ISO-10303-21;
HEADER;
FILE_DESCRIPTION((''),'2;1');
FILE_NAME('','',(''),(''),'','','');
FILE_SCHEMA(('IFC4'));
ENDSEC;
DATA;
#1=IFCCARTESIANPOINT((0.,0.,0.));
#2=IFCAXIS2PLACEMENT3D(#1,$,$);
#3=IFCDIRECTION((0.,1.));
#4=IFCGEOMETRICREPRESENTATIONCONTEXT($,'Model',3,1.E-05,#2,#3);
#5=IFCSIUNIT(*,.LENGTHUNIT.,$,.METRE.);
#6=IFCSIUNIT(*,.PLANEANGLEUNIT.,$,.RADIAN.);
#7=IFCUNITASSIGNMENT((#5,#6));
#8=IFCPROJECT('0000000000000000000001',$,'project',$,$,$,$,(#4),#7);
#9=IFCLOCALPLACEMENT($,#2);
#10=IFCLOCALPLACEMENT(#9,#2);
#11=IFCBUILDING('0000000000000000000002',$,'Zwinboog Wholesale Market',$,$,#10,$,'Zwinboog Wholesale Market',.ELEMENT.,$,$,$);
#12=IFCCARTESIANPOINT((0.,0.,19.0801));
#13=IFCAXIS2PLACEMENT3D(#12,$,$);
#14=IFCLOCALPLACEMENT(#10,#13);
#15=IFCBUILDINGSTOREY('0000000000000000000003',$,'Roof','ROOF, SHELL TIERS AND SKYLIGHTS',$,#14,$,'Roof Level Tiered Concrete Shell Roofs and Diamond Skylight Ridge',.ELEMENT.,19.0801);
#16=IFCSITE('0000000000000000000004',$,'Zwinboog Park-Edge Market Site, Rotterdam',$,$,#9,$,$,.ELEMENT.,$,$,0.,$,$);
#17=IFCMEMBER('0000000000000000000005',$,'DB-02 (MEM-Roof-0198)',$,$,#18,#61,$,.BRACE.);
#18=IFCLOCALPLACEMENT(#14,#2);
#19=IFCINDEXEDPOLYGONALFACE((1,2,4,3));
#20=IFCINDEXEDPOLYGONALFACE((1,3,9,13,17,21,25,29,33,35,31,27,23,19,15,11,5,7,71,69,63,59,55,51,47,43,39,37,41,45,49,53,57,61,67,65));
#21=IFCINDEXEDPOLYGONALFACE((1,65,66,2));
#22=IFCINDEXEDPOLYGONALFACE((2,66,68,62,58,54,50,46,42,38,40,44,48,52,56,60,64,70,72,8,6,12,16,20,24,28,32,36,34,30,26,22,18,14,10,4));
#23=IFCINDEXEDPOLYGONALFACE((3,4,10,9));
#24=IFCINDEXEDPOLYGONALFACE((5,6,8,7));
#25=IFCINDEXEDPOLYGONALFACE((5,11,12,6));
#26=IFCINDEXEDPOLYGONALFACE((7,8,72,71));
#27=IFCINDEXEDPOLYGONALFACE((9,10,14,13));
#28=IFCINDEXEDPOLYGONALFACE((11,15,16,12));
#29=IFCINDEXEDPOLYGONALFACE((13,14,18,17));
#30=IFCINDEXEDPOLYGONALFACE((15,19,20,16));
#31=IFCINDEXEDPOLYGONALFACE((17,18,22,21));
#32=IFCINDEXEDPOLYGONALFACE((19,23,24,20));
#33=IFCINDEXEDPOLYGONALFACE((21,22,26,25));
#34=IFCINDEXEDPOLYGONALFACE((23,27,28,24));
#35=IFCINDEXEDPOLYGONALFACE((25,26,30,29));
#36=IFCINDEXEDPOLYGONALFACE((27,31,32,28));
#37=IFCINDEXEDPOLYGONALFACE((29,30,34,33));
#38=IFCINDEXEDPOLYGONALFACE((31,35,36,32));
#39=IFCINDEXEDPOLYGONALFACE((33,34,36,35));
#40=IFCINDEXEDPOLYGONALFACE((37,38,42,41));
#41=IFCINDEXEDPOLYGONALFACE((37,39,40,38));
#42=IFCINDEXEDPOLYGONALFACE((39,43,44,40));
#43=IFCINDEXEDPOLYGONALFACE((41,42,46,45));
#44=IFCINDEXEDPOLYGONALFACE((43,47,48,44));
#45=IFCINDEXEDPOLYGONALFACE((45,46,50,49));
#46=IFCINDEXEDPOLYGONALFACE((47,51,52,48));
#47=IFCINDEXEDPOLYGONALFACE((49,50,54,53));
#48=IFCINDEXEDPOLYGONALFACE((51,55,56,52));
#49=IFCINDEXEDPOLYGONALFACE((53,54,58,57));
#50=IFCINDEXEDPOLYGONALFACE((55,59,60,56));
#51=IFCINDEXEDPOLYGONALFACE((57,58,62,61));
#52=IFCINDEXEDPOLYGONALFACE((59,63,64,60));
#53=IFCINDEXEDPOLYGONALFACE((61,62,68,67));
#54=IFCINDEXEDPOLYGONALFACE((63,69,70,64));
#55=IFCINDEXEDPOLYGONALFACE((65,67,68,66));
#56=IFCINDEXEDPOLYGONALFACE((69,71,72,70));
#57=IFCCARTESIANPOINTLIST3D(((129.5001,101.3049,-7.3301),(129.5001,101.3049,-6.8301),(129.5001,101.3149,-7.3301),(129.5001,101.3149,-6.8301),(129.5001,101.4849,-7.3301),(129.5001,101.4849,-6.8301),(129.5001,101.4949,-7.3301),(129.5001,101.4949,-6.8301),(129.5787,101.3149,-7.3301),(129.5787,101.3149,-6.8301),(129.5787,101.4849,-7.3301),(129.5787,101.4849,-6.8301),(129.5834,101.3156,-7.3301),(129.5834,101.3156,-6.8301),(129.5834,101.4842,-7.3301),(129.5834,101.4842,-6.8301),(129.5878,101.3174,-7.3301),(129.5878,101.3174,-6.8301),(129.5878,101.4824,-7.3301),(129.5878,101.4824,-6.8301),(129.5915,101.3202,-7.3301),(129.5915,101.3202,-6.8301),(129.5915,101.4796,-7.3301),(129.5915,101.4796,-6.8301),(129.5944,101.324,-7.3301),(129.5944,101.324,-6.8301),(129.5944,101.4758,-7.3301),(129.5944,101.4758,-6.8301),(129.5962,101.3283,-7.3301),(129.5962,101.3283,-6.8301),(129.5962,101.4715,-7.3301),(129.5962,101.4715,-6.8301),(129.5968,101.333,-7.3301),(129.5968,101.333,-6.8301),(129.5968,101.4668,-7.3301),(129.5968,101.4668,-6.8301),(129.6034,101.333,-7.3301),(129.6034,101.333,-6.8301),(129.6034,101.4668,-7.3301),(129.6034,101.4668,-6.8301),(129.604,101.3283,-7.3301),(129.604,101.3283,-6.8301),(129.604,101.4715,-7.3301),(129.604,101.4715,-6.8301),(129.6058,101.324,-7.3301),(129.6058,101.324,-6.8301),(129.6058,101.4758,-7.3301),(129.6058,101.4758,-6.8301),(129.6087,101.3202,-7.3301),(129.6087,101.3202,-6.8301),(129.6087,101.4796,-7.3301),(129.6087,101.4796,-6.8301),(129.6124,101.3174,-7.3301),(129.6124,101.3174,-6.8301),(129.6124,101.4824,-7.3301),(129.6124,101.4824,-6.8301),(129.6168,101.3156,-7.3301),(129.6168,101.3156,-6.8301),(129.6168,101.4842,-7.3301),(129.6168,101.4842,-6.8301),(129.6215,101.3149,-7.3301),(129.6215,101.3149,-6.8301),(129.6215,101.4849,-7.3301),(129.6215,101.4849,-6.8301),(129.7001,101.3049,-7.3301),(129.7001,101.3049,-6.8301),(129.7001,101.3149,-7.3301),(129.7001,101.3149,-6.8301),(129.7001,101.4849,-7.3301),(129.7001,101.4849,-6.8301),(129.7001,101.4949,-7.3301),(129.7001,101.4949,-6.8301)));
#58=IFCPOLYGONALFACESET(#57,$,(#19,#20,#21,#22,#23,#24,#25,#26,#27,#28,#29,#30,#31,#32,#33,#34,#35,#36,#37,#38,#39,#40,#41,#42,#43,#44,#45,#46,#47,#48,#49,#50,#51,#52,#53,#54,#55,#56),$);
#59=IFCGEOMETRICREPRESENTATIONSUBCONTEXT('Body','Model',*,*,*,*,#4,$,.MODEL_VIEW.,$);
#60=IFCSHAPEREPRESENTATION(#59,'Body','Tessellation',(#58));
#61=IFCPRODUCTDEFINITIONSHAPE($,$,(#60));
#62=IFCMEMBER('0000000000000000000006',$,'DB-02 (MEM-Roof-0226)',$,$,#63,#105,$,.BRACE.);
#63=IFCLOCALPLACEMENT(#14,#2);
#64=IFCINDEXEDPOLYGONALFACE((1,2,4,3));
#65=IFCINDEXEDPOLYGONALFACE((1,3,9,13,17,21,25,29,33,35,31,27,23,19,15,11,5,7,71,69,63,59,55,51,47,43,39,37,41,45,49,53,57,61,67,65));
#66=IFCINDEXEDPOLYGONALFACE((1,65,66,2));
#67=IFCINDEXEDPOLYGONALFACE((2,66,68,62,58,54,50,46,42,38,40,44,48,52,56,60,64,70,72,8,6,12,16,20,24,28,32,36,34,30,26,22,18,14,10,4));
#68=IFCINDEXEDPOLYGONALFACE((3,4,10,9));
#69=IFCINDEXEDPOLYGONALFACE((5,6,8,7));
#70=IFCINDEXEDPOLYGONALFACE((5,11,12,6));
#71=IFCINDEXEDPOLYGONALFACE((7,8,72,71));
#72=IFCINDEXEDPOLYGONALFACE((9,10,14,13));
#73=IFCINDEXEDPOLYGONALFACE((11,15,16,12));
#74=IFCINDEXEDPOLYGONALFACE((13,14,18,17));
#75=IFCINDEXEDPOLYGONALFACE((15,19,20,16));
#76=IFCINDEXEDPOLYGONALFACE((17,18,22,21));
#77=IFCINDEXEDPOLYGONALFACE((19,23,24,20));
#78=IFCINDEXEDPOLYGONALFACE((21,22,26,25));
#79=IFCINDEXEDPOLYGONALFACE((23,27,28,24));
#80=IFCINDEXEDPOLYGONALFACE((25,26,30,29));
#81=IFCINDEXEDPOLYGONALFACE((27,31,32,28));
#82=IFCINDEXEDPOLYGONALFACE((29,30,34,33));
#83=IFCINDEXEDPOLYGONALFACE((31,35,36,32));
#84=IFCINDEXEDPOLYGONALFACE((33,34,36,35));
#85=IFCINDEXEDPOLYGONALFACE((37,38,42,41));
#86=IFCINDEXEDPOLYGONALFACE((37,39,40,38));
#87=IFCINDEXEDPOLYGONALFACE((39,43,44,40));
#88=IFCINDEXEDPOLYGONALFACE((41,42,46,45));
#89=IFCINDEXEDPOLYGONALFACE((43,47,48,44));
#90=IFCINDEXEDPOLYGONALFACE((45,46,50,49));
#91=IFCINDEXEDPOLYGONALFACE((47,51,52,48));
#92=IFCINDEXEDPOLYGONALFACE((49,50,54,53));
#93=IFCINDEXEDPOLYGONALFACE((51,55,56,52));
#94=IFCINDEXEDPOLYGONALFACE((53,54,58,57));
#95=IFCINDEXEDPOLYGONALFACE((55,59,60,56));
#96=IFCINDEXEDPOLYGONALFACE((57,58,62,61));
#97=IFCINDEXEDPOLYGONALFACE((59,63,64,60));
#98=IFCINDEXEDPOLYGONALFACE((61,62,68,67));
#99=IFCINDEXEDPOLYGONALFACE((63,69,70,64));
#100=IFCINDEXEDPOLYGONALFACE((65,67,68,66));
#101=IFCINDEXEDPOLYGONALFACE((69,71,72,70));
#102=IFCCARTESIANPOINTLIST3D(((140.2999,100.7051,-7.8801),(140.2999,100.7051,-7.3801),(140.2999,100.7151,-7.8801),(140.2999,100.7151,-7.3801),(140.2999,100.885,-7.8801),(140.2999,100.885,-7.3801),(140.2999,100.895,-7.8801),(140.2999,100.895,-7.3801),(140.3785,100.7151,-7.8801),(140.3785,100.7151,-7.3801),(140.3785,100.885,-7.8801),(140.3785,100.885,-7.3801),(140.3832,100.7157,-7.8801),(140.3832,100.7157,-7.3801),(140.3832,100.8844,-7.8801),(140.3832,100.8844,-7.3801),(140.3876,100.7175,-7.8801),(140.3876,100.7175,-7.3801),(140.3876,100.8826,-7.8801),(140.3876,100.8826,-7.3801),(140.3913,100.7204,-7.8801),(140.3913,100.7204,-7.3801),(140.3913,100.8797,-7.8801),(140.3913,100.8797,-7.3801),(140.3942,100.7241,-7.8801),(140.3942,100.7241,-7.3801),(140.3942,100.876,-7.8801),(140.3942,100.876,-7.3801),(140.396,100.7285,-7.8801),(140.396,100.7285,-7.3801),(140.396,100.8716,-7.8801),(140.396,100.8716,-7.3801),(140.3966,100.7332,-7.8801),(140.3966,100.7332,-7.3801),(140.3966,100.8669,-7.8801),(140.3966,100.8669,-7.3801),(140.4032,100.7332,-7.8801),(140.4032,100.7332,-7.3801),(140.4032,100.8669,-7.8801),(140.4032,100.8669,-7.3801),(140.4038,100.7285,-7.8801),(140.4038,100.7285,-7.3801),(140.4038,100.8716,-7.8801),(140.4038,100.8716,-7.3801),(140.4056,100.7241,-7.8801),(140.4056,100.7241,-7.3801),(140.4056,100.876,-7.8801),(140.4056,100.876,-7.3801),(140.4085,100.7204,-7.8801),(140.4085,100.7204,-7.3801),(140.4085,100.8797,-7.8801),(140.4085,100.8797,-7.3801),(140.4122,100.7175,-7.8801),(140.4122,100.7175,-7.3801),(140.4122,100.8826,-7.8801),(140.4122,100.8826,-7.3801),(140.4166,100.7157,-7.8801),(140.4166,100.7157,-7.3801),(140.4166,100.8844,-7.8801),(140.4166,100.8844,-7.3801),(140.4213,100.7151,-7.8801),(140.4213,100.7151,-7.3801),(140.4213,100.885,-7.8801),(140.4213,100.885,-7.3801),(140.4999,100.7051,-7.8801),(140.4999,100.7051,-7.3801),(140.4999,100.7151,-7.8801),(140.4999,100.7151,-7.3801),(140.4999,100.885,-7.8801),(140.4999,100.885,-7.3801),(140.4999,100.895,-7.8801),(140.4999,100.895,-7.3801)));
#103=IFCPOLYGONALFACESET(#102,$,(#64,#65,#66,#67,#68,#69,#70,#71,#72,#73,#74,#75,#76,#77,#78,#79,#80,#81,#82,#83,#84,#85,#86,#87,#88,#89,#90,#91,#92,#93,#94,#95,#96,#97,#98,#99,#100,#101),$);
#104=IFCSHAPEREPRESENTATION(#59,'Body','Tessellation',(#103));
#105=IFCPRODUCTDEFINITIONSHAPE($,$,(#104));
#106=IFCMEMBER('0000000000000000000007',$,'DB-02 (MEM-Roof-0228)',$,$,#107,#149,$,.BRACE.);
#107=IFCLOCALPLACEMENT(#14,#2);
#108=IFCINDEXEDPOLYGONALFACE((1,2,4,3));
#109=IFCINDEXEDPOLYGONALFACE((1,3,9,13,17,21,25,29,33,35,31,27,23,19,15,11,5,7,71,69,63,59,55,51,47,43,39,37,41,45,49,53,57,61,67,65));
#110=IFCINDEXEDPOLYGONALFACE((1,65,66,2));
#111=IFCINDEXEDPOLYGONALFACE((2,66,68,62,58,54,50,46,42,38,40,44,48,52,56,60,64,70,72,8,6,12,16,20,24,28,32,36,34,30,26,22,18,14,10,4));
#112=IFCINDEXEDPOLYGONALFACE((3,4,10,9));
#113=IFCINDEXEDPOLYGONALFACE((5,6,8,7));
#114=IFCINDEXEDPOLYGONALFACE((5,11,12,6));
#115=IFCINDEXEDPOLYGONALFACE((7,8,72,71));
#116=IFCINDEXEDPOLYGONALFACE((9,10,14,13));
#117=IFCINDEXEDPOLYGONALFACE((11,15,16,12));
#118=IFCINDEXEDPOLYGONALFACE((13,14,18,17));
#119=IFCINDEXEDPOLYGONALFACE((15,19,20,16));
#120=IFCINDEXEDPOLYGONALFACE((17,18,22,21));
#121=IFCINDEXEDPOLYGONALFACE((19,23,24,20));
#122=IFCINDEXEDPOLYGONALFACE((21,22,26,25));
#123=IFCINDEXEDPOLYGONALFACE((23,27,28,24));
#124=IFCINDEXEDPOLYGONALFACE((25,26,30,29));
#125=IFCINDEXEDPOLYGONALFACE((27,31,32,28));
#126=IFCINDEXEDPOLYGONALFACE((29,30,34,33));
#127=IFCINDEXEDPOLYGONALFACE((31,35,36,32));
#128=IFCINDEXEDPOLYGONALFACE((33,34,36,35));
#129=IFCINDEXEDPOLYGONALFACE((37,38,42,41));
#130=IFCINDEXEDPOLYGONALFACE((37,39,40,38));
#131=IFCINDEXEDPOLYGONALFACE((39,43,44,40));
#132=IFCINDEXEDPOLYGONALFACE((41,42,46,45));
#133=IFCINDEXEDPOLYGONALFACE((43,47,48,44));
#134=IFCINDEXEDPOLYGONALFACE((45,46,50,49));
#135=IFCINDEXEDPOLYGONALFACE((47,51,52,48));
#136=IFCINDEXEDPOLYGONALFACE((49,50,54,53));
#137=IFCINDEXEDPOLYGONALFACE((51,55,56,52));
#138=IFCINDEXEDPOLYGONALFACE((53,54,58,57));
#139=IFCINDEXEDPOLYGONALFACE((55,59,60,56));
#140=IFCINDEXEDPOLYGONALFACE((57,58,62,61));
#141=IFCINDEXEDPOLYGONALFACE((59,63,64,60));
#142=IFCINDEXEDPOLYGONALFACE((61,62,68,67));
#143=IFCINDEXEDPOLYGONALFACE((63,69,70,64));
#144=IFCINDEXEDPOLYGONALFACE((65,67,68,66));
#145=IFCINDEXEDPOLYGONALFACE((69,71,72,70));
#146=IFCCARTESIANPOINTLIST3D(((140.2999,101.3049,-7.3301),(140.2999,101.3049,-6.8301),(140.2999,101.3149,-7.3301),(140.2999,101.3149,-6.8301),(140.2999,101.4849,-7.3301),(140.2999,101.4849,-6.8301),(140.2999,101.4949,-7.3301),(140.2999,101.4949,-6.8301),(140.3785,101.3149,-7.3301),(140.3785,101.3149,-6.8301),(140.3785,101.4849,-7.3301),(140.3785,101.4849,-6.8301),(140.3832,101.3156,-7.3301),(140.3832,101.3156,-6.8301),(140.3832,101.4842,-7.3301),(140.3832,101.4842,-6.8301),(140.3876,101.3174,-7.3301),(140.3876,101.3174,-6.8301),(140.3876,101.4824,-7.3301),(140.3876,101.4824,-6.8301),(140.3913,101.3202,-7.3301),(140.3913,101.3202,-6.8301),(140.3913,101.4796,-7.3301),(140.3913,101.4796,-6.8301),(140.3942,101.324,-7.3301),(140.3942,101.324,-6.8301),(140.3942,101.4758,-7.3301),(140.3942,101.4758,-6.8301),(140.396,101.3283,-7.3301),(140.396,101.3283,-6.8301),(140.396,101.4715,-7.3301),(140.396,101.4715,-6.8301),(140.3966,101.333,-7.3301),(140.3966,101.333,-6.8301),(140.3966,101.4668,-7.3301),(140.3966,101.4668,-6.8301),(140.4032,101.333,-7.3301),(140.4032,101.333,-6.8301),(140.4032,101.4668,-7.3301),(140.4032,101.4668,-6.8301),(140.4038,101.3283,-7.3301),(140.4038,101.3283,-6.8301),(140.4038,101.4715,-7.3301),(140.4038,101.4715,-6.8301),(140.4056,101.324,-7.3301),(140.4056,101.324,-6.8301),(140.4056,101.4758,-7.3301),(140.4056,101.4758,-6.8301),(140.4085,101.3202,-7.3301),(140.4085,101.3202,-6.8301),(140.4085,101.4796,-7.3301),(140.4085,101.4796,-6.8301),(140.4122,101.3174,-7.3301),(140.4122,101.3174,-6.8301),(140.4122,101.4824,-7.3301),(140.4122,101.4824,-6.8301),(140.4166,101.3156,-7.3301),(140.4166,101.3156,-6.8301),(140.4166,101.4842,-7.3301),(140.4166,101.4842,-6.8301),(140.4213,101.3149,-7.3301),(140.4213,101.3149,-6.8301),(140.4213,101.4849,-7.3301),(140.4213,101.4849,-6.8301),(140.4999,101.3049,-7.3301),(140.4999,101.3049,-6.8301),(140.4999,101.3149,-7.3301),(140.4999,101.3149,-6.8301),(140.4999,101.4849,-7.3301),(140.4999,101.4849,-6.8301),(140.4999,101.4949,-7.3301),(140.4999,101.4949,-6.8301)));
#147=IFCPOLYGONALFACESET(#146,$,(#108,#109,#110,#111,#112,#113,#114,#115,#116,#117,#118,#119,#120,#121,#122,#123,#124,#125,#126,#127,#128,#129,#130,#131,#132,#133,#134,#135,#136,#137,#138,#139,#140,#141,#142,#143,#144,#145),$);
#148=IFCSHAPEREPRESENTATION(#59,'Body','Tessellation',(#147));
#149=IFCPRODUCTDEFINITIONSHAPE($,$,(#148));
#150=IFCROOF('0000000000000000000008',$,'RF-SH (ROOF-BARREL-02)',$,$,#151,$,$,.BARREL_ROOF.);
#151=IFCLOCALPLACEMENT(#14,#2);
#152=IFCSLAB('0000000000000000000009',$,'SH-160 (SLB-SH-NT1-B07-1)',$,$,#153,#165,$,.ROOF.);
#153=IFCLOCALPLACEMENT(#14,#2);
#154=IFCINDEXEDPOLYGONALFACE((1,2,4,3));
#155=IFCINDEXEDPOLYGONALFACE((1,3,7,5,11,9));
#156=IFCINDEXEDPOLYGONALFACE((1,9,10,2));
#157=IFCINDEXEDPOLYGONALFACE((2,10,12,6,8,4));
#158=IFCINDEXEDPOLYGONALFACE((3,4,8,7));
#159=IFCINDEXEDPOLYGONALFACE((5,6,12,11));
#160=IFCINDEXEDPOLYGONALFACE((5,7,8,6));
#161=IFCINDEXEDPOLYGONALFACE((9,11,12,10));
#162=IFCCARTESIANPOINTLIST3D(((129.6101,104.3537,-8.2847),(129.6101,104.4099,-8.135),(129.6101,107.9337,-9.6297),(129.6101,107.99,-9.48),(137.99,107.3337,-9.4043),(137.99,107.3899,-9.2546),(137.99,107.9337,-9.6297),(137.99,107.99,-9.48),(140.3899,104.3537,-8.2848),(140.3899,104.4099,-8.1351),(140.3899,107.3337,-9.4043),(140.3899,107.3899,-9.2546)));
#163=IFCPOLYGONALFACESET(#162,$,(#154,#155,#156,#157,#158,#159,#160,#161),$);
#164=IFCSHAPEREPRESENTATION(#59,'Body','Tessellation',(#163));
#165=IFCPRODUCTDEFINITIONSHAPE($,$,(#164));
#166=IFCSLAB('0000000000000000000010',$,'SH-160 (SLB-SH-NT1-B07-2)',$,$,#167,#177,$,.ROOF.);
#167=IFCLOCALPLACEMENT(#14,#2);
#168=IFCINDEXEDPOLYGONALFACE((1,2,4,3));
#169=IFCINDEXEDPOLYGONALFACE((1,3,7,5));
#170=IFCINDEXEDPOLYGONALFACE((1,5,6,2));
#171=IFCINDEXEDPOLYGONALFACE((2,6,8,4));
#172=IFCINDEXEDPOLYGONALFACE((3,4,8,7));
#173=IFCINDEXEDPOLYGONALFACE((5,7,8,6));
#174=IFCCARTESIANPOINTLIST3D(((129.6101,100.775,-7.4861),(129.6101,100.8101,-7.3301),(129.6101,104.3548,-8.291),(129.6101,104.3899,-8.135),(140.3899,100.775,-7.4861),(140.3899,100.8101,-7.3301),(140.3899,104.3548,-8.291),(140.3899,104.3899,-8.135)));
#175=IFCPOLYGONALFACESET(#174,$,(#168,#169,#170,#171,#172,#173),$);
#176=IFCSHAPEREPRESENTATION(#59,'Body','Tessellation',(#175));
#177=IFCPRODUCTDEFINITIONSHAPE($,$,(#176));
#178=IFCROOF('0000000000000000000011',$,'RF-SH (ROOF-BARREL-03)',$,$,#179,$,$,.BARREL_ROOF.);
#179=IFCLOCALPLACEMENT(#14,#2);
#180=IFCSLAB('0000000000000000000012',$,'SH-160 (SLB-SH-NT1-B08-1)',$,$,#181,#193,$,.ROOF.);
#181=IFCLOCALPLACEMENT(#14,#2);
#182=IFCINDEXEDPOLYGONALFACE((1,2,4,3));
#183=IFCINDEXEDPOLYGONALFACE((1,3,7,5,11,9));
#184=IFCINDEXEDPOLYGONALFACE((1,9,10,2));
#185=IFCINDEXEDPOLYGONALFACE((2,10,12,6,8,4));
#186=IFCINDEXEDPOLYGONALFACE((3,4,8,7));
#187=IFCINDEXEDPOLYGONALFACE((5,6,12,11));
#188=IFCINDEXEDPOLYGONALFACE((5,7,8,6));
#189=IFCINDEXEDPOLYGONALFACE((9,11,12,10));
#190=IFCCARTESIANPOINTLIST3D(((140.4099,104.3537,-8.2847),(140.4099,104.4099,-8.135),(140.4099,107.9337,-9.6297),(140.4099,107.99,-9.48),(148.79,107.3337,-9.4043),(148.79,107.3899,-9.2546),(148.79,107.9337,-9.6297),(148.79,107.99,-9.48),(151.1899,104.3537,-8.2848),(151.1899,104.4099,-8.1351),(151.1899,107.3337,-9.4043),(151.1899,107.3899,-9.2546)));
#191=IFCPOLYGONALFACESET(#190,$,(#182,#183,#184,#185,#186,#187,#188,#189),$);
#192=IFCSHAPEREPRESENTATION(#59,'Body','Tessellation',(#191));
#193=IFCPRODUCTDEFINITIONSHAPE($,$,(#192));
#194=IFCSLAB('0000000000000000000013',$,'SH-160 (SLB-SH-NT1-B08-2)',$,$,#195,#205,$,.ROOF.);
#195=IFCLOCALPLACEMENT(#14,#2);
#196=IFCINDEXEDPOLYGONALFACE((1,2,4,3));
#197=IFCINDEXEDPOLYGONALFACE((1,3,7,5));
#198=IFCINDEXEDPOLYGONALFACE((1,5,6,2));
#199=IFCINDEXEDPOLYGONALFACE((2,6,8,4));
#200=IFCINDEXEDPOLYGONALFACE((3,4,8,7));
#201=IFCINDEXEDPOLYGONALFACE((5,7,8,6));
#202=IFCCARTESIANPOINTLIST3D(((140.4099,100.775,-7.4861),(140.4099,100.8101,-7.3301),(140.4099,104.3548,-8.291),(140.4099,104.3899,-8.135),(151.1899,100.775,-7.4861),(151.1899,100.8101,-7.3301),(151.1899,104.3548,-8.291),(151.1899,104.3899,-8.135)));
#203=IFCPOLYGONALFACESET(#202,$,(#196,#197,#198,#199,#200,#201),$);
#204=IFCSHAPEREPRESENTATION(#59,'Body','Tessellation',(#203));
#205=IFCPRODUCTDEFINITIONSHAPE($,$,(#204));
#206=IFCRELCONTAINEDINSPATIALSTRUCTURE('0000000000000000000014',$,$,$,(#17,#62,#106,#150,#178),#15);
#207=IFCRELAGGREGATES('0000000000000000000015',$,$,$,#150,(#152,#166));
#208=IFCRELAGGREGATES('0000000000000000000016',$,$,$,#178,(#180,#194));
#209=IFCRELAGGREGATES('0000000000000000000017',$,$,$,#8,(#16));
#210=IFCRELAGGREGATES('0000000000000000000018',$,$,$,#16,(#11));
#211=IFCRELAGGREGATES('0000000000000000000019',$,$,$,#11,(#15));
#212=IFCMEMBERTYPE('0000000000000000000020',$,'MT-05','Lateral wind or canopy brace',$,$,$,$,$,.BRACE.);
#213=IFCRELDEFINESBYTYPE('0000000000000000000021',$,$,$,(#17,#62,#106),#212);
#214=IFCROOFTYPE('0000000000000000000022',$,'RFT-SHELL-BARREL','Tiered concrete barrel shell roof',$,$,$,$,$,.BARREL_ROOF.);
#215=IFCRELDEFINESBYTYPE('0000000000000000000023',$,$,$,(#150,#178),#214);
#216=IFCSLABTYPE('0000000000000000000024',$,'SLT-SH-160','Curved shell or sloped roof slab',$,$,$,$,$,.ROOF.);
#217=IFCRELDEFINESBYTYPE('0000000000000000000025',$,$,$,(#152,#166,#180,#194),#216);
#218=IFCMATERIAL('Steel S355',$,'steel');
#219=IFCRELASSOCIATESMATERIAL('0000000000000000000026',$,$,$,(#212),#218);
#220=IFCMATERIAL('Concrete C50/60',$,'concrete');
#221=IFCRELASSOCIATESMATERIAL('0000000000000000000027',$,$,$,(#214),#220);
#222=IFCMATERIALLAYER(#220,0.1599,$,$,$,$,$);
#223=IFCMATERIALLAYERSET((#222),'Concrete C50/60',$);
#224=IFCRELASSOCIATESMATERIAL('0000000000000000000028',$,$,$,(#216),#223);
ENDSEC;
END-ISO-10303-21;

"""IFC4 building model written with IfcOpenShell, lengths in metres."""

from ifc_helpers import new_model, si_unit, direction, frame, origin, origin_2d, place, context, subcontext, project, spatial, polyline, i_section, outline, extrude, material, layer, layer_set, material_profile, profile_set, type_object, element, aggregate, save


model = new_model("IFC4")

# Units and contexts
model_context = context("Model", 3, precision=1e-05, world=origin(), true_north=direction((0.0, 1.0)))
body_context = subcontext(model_context, "Body", "Model", "MODEL_VIEW")
ifc_project = project(units=[si_unit("LENGTHUNIT", "METRE"), si_unit("PLANEANGLEUNIT", "RADIAN")], contexts=[model_context])

# Site, building, storey
site_placement = place(None, origin())
site = spatial("IfcSite", under=ifc_project, at=site_placement, Name="Zwinboog Park-Edge Market Site, Rotterdam", CompositionType="ELEMENT", RefElevation=0.0)
building_placement = place(site_placement, origin())
building = spatial("IfcBuilding", under=site, at=building_placement, Name="Zwinboog Wholesale Market", LongName="Zwinboog Wholesale Market", CompositionType="ELEMENT")
storey_placement = place(building_placement, frame((0.0, 0.0, 19.0801)))
storey = spatial("IfcBuildingStorey", under=building, at=storey_placement, Name="Roof", Description="ROOF, SHELL TIERS AND SKYLIGHTS", LongName="Roof Level Tiered Concrete Shell Roofs and Diamond Skylight Ridge", CompositionType="ELEMENT", Elevation=19.0801)

# Members
ifc_material_1 = material(Name="Steel S355", Category="steel")
ifc_material_profile_1 = material_profile(ifc_material_1, i_section(OverallWidth=0.2, OverallDepth=0.1899, WebThickness=0.0066, FlangeThickness=0.01, FilletRadius=0.0181, at=origin_2d()), Name="HEA 200")
ifc_profile_set_1 = profile_set([ifc_material_profile_1], Name="Steel S355")
member_type_1 = type_object("IfcMemberType", Name="MT-05", Description="Lateral wind or canopy brace", PredefinedType="BRACE", material=ifc_profile_set_1)
for number, where, z_axis, x_axis, name in (
    (1, (129.6001, 101.3999, -7.3301), (0.0, 0.0, 1.0), (1.0, 0.0, 0.0), "DB-02 (MEM-Roof-0198)"),
    (2, (140.3999, 100.8, -7.8801), (0.0, 0.0, 1.0), (1.0, 0.0, 0.0), "DB-02 (MEM-Roof-0226)"),
    (3, (140.3999, 101.3999, -7.3301), (0.0, 0.0, 1.0), (1.0, 0.0, 0.0), "DB-02 (MEM-Roof-0228)"),
):
    element("IfcMember", number, at=place(storey_placement, frame(where, z_axis=z_axis, x_axis=x_axis)), inside=storey, type_object=member_type_1, Name=name, PredefinedType="BRACE", context=body_context, shape_type="SweptSolid", body=[
        extrude(i_section(OverallWidth=0.2, OverallDepth=0.1899, WebThickness=0.0066, FlangeThickness=0.01, FilletRadius=0.0181, at=origin_2d()), origin(), (0.0, 0.0, 1.0), 0.5),
    ])

# Roofs, slabs
ifc_material_2 = material(Name="Concrete C50/60", Category="concrete")
roof_type = type_object("IfcRoofType", Name="RFT-SHELL-BARREL", Description="Tiered concrete barrel shell roof", PredefinedType="BARREL_ROOF", material=ifc_material_2)
roof_1_placement = place(storey_placement, origin())
roof_1 = element("IfcRoof", 4, at=roof_1_placement, inside=storey, type_object=roof_type, Name="RF-SH (ROOF-BARREL-02)", PredefinedType="BARREL_ROOF")
ifc_layer_1 = layer(ifc_material_2, 0.1599)
ifc_layer_set_1 = layer_set([ifc_layer_1], Name="Concrete C50/60")
slab_type_1 = type_object("IfcSlabType", Name="SLT-SH-160", Description="Curved shell or sloped roof slab", PredefinedType="ROOF", material=ifc_layer_set_1)
slab_1_placement = place(storey_placement, frame((129.6101, 104.4099, -8.135), z_axis=(0.000005, 0.351689, 0.936117), x_axis=(1.0, -0.000002, -0.000004)))
slab_1 = element("IfcSlab", 5, at=slab_1_placement, type_object=slab_type_1, Name="SH-160 (SLB-SH-NT1-B07-1)", PredefinedType="ROOF", context=body_context, shape_type="SweptSolid", body=[
    extrude(outline(polyline([(0.0, 0.0), (10.7798, 0.0), (10.7798, 3.1834), (8.3799, 3.1834), (8.3799, 3.8244), (0.0, 3.8244), (0.0, 0.0)])), origin(), (0.0, 0.0, -1.0), 0.1599),
])
slab_2_placement = place(storey_placement, frame((129.6101, 100.8101, -7.3301), z_axis=(0.0, 0.219374, 0.975641), x_axis=(1.0, 0.0, 0.0)))
slab_2 = element("IfcSlab", 6, at=slab_2_placement, type_object=slab_type_1, Name="SH-160 (SLB-SH-NT1-B07-2)", PredefinedType="ROOF", context=body_context, shape_type="SweptSolid", body=[
    extrude(outline(polyline([(0.0, 0.0), (10.7798, 0.0), (10.7798, 3.6692), (0.0, 3.6692), (0.0, 0.0)])), origin(), (0.0, 0.0, -1.0), 0.1599),
])
roof_2_placement = place(storey_placement, origin())
roof_2 = element("IfcRoof", 7, at=roof_2_placement, inside=storey, type_object=roof_type, Name="RF-SH (ROOF-BARREL-03)", PredefinedType="BARREL_ROOF")
slab_3_placement = place(storey_placement, frame((140.4099, 104.4099, -8.135), z_axis=(0.000005, 0.351689, 0.936117), x_axis=(1.0, -0.000002, -0.000004)))
slab_3 = element("IfcSlab", 8, at=slab_3_placement, type_object=slab_type_1, Name="SH-160 (SLB-SH-NT1-B08-1)", PredefinedType="ROOF", context=body_context, shape_type="SweptSolid", body=[
    extrude(outline(polyline([(0.0, 0.0), (10.78, 0.0), (10.78, 3.1834), (8.3801, 3.1834), (8.3801, 3.8244), (0.0, 3.8244), (0.0, 0.0)])), origin(), (0.0, 0.0, -1.0), 0.1599),
])
slab_4_placement = place(storey_placement, frame((140.4099, 100.8101, -7.3301), z_axis=(0.0, 0.219374, 0.975641), x_axis=(1.0, 0.0, 0.0)))
slab_4 = element("IfcSlab", 9, at=slab_4_placement, type_object=slab_type_1, Name="SH-160 (SLB-SH-NT1-B08-2)", PredefinedType="ROOF", context=body_context, shape_type="SweptSolid", body=[
    extrude(outline(polyline([(0.0, 0.0), (10.78, 0.0), (10.78, 3.6692), (0.0, 3.6692), (0.0, 0.0)])), origin(), (0.0, 0.0, -1.0), 0.1599),
])

aggregate(roof_1, [slab_1, slab_2])
aggregate(roof_2, [slab_3, slab_4])

save(model, "model.ifc")
